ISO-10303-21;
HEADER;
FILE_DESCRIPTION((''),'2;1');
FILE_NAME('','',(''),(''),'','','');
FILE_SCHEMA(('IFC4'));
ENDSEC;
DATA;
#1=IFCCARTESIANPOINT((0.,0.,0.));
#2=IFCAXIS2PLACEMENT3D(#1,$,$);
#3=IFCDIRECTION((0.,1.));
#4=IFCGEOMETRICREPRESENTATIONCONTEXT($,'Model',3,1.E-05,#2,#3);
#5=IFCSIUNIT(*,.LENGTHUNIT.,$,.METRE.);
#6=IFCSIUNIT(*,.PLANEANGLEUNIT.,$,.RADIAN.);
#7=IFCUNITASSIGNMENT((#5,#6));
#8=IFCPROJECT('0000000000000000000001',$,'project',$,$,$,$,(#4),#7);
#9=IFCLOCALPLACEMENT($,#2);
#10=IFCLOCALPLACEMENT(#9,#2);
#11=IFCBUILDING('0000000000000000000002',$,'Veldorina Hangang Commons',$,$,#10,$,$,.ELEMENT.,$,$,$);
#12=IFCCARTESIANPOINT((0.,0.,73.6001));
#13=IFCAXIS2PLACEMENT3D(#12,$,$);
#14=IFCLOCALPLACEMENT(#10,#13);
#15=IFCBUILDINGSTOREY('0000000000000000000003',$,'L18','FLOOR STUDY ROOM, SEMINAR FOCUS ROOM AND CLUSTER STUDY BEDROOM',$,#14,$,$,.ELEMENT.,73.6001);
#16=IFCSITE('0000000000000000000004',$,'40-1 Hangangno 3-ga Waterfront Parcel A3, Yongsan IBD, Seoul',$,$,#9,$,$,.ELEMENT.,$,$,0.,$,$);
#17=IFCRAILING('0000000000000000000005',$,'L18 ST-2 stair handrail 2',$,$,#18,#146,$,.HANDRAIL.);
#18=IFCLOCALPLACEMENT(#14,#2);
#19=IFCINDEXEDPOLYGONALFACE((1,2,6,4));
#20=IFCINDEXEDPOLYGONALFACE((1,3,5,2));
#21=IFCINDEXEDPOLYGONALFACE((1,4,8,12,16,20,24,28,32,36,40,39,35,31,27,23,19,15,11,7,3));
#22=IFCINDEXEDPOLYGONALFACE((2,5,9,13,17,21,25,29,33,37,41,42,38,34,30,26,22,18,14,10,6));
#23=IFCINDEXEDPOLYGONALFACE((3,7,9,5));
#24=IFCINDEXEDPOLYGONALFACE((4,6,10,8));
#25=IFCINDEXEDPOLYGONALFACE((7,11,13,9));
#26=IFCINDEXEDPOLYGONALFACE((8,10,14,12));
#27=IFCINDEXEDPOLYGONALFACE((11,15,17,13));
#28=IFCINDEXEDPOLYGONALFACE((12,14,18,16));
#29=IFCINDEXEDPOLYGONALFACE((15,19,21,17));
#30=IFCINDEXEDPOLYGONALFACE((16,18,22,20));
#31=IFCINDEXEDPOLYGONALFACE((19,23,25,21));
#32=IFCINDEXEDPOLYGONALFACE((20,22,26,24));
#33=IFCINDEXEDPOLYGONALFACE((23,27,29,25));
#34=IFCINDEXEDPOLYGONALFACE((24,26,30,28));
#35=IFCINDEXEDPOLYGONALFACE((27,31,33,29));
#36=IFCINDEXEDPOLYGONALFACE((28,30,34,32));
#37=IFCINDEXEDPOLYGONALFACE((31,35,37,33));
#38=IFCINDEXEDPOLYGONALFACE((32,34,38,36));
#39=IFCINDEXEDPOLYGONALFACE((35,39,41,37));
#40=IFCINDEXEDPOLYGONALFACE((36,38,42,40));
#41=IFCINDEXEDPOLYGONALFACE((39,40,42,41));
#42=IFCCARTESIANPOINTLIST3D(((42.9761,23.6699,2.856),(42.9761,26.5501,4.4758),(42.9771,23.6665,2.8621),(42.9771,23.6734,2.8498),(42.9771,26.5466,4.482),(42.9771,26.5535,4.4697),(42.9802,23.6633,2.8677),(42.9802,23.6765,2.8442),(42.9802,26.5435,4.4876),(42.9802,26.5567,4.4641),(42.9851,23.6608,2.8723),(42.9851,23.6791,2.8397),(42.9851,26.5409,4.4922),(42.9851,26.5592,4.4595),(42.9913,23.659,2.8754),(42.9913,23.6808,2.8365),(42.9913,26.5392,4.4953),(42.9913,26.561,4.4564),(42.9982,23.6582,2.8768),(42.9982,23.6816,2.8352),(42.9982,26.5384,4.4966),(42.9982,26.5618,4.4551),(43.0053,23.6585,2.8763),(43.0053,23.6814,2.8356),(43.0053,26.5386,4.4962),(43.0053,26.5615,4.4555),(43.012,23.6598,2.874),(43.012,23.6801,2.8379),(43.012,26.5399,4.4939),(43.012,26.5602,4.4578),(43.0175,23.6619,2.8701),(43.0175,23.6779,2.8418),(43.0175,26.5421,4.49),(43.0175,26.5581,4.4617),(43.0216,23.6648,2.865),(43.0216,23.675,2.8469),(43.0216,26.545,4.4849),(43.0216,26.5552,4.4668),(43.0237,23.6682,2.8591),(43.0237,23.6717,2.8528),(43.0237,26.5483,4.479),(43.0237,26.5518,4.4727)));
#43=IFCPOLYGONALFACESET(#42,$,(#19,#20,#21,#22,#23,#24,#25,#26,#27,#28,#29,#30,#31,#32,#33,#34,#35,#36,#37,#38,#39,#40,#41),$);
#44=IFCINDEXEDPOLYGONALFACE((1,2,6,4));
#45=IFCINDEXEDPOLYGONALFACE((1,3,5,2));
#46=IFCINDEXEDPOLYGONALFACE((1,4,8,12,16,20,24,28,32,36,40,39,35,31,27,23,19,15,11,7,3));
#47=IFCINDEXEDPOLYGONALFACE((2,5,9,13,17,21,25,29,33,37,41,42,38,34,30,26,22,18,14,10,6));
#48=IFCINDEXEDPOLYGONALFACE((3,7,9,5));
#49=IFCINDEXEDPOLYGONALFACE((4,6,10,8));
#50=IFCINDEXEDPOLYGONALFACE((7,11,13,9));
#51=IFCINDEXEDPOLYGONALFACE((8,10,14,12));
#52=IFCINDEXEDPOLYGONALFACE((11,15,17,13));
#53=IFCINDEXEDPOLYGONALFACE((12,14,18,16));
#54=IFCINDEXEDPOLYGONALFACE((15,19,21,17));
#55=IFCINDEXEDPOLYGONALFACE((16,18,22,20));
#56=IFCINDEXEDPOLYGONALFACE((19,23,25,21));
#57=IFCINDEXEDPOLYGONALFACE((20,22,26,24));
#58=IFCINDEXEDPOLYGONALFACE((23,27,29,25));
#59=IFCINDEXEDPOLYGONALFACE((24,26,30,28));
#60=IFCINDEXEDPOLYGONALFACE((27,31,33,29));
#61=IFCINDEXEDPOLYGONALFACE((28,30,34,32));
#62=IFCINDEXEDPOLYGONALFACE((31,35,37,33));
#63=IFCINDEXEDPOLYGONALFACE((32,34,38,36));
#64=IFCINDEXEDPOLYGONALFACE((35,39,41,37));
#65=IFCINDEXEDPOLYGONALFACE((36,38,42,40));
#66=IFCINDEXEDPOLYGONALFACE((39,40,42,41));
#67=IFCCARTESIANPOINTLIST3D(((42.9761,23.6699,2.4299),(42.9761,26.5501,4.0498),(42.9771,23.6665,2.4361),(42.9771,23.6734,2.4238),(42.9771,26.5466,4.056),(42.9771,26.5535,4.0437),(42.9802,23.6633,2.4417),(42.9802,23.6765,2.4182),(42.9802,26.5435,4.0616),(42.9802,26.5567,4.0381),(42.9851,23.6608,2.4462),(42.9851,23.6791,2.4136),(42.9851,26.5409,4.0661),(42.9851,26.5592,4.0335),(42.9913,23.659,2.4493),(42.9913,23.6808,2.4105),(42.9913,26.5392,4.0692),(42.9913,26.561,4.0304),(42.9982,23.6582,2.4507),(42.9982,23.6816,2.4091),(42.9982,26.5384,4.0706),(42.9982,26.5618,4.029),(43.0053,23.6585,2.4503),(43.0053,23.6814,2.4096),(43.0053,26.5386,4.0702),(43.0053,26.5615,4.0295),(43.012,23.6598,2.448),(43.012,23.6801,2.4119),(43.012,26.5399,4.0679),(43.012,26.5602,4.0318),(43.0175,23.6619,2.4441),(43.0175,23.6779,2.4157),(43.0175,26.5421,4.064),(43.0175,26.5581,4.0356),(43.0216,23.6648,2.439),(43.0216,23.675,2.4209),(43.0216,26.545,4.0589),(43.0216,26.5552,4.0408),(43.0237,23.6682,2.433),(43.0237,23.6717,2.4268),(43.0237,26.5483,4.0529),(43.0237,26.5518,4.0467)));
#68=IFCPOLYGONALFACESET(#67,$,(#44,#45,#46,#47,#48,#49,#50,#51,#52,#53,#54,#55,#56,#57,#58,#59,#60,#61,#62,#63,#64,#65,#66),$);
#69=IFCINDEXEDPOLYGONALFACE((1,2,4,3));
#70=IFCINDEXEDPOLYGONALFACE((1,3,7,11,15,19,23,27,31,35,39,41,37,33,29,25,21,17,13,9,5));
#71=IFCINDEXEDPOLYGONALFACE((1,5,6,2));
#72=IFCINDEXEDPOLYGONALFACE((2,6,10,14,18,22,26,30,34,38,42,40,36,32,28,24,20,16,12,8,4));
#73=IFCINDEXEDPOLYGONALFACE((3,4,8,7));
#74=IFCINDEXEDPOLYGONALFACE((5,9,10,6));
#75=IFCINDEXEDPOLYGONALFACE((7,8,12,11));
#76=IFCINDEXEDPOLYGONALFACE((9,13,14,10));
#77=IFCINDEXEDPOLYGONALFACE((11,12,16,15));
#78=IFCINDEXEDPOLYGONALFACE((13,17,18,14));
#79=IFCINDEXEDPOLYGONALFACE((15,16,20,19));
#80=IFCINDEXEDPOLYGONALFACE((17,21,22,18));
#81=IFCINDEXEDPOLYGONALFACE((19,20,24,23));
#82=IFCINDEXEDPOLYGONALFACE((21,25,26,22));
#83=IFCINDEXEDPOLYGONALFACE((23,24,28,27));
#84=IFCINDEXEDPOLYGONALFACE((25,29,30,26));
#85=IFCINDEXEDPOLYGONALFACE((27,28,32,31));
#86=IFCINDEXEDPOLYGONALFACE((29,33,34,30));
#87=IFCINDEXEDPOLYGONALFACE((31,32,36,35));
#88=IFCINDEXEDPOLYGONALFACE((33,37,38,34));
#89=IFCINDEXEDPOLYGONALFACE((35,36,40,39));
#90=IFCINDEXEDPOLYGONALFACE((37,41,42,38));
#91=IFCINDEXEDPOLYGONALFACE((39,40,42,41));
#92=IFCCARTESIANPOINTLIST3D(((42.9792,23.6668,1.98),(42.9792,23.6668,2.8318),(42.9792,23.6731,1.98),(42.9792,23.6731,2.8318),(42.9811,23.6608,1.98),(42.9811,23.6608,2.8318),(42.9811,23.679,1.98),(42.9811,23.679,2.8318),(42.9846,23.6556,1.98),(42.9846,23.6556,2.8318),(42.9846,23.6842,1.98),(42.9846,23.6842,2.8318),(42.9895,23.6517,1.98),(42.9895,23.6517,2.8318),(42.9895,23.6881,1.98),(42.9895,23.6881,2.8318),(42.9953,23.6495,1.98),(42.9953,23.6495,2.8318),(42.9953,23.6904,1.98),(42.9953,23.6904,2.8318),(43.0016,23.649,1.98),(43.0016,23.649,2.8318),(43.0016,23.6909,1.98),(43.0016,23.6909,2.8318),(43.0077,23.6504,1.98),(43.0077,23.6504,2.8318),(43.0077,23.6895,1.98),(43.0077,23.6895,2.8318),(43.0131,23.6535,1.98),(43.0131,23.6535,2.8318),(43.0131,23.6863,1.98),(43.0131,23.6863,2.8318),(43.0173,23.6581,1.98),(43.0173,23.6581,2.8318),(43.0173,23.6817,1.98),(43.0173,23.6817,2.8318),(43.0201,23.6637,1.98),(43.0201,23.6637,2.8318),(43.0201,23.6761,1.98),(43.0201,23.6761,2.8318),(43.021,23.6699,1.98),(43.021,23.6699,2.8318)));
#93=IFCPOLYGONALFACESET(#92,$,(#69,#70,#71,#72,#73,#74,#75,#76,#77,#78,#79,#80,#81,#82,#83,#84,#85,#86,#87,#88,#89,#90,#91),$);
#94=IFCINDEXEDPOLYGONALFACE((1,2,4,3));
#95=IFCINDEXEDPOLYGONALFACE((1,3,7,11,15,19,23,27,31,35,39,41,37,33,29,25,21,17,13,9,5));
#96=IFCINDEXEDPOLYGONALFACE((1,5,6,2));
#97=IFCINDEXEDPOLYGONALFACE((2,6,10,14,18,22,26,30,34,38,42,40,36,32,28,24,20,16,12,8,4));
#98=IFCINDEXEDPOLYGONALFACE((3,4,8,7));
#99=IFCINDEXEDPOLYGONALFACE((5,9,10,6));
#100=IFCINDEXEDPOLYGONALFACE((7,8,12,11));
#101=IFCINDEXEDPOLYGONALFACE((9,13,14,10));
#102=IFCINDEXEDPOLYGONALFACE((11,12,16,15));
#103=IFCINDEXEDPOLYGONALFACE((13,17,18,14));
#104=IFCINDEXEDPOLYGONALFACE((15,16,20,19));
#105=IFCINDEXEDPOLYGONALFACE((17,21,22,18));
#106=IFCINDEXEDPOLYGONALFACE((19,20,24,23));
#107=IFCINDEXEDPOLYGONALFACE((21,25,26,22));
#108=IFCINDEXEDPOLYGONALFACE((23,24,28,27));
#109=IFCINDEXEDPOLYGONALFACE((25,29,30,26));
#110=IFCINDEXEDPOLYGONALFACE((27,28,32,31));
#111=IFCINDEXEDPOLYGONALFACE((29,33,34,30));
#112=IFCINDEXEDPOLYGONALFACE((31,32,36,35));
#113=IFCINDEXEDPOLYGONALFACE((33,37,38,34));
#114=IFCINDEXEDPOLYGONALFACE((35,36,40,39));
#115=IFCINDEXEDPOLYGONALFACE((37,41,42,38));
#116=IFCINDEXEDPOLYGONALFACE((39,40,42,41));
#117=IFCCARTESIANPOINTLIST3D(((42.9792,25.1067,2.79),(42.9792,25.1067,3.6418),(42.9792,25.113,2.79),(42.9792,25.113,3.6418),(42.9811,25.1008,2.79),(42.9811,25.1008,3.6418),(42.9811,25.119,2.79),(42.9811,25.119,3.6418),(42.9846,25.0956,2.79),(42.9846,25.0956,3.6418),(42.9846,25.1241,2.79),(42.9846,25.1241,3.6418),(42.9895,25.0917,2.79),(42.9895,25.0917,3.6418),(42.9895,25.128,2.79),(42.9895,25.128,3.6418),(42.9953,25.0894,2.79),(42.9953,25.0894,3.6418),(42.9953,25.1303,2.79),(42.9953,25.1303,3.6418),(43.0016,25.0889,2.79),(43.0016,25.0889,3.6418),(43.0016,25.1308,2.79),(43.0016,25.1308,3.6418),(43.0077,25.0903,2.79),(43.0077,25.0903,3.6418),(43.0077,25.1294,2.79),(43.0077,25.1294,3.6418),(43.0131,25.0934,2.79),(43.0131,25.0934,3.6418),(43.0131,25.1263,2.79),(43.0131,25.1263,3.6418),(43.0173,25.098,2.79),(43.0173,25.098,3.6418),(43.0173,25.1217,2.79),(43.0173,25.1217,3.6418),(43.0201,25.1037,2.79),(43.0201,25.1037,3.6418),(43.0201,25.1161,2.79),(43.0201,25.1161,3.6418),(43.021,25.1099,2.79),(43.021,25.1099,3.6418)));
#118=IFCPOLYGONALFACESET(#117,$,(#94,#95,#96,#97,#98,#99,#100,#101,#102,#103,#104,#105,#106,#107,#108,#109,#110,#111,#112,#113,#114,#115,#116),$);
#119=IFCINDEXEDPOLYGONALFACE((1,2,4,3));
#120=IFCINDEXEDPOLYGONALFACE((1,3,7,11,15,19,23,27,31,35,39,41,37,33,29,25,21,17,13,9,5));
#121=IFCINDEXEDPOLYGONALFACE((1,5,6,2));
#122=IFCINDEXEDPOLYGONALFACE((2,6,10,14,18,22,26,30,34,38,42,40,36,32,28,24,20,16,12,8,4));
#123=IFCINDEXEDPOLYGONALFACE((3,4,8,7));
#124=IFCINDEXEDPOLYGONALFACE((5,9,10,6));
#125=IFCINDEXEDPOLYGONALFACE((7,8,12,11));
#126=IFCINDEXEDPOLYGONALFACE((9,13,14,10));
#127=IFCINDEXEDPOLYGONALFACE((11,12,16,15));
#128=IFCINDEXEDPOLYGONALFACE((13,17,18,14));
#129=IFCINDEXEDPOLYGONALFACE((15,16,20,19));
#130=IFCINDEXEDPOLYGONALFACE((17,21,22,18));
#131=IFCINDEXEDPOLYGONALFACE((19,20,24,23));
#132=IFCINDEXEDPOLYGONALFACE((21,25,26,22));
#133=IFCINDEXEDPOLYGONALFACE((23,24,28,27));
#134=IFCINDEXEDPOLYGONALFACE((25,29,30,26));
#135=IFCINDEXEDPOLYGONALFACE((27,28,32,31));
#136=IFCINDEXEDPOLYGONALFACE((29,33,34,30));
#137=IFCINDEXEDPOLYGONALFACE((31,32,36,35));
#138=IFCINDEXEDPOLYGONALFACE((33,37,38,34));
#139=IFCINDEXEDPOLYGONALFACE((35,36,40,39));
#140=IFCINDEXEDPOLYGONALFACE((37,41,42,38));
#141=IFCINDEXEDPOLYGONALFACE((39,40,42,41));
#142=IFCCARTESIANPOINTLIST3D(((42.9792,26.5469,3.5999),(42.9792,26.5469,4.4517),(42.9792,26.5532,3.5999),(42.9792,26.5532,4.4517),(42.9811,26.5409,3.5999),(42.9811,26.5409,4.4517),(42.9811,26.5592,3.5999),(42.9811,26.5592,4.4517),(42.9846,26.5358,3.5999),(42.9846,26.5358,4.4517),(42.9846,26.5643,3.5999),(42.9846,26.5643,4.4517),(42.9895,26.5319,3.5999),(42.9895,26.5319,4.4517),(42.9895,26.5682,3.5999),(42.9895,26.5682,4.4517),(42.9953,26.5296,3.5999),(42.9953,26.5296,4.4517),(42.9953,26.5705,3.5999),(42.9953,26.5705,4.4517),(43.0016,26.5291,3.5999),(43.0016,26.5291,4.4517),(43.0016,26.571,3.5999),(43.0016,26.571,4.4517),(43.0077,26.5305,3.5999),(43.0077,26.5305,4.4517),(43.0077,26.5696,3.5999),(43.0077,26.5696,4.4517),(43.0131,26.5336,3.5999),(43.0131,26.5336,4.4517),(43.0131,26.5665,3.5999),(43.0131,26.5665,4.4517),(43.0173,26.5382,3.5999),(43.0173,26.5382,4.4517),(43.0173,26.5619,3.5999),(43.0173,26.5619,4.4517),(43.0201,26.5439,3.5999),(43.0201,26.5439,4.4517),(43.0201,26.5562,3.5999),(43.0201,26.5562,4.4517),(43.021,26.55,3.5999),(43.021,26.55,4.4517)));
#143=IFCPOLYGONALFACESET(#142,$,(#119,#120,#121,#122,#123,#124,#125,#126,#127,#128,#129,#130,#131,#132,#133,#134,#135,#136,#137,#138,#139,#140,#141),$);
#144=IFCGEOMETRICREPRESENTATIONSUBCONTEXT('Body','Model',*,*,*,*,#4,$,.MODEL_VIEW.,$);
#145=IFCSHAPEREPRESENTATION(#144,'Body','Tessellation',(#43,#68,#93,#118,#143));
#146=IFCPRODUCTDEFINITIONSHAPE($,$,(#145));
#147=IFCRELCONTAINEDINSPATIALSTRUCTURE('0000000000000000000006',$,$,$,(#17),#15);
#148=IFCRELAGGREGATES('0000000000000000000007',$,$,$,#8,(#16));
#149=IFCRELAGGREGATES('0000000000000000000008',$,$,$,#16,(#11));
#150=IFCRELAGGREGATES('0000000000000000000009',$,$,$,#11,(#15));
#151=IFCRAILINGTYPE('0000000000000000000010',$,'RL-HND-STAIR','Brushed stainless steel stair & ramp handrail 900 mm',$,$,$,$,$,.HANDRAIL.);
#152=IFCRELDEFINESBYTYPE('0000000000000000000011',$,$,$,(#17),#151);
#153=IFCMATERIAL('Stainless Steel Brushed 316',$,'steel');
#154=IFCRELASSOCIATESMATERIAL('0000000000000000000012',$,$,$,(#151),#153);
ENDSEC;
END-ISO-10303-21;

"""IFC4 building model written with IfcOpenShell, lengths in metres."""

from ifc_helpers import new_model, si_unit, direction, frame, origin, origin_2d, place, context, subcontext, project, spatial, circle, extrude, material, type_object, element, save


model = new_model("IFC4")

# Units and contexts
model_context = context("Model", 3, precision=1e-05, world=origin(), true_north=direction((0.0, 1.0)))
body_context = subcontext(model_context, "Body", "Model", "MODEL_VIEW")
ifc_project = project(units=[si_unit("LENGTHUNIT", "METRE"), si_unit("PLANEANGLEUNIT", "RADIAN")], contexts=[model_context])

# Site, building, storey
site_placement = place(None, origin())
site = spatial("IfcSite", under=ifc_project, at=site_placement, Name="40-1 Hangangno 3-ga Waterfront Parcel A3, Yongsan IBD, Seoul", CompositionType="ELEMENT", RefElevation=0.0)
building_placement = place(site_placement, origin())
building = spatial("IfcBuilding", under=site, at=building_placement, Name="Veldorina Hangang Commons", CompositionType="ELEMENT")
storey_placement = place(building_placement, frame((0.0, 0.0, 73.6001)))
storey = spatial("IfcBuildingStorey", under=building, at=storey_placement, Name="L18", Description="FLOOR STUDY ROOM, SEMINAR FOCUS ROOM AND CLUSTER STUDY BEDROOM", CompositionType="ELEMENT", Elevation=73.6001)

# Railing
ifc_material_1 = material(Name="Stainless Steel Brushed 316", Category="steel")
railing_type_1 = type_object("IfcRailingType", Name="RL-HND-STAIR", Description="Brushed stainless steel stair & ramp handrail 900 mm", PredefinedType="HANDRAIL", material=ifc_material_1)
railing_1_placement = place(storey_placement, frame((43.0, 23.6699, 1.98)))
element("IfcRailing", 1, at=railing_1_placement, inside=storey, type_object=railing_type_1, Name="L18 ST-2 stair handrail 2", PredefinedType="HANDRAIL", context=body_context, shape_type="SweptSolid", body=[
    extrude(circle(Radius=0.0239, at=origin_2d()), frame((0.0, 0.0, 0.876), z_axis=(0.0, 0.871601, 0.490216), x_axis=(-1.0, 0.0, 0.0)), (0.0, 0.0, 1.0), 3.3044),
    extrude(circle(Radius=0.0239, at=origin_2d()), frame((0.0, 0.0, 0.45), z_axis=(0.0, 0.871601, 0.490216), x_axis=(-1.0, 0.0, 0.0)), (0.0, 0.0, 1.0), 3.3044),
    extrude(circle(Radius=0.021, at=origin_2d()), origin(), (0.0, 0.0, 1.0), 0.8518),
    extrude(circle(Radius=0.021, at=origin_2d()), frame((0.0, 1.4399, 0.8101)), (0.0, 0.0, 1.0), 0.8518),
    extrude(circle(Radius=0.021, at=origin_2d()), frame((0.0, 2.8801, 1.6199)), (0.0, 0.0, 1.0), 0.8518),
])

save(model, "model.ifc")
